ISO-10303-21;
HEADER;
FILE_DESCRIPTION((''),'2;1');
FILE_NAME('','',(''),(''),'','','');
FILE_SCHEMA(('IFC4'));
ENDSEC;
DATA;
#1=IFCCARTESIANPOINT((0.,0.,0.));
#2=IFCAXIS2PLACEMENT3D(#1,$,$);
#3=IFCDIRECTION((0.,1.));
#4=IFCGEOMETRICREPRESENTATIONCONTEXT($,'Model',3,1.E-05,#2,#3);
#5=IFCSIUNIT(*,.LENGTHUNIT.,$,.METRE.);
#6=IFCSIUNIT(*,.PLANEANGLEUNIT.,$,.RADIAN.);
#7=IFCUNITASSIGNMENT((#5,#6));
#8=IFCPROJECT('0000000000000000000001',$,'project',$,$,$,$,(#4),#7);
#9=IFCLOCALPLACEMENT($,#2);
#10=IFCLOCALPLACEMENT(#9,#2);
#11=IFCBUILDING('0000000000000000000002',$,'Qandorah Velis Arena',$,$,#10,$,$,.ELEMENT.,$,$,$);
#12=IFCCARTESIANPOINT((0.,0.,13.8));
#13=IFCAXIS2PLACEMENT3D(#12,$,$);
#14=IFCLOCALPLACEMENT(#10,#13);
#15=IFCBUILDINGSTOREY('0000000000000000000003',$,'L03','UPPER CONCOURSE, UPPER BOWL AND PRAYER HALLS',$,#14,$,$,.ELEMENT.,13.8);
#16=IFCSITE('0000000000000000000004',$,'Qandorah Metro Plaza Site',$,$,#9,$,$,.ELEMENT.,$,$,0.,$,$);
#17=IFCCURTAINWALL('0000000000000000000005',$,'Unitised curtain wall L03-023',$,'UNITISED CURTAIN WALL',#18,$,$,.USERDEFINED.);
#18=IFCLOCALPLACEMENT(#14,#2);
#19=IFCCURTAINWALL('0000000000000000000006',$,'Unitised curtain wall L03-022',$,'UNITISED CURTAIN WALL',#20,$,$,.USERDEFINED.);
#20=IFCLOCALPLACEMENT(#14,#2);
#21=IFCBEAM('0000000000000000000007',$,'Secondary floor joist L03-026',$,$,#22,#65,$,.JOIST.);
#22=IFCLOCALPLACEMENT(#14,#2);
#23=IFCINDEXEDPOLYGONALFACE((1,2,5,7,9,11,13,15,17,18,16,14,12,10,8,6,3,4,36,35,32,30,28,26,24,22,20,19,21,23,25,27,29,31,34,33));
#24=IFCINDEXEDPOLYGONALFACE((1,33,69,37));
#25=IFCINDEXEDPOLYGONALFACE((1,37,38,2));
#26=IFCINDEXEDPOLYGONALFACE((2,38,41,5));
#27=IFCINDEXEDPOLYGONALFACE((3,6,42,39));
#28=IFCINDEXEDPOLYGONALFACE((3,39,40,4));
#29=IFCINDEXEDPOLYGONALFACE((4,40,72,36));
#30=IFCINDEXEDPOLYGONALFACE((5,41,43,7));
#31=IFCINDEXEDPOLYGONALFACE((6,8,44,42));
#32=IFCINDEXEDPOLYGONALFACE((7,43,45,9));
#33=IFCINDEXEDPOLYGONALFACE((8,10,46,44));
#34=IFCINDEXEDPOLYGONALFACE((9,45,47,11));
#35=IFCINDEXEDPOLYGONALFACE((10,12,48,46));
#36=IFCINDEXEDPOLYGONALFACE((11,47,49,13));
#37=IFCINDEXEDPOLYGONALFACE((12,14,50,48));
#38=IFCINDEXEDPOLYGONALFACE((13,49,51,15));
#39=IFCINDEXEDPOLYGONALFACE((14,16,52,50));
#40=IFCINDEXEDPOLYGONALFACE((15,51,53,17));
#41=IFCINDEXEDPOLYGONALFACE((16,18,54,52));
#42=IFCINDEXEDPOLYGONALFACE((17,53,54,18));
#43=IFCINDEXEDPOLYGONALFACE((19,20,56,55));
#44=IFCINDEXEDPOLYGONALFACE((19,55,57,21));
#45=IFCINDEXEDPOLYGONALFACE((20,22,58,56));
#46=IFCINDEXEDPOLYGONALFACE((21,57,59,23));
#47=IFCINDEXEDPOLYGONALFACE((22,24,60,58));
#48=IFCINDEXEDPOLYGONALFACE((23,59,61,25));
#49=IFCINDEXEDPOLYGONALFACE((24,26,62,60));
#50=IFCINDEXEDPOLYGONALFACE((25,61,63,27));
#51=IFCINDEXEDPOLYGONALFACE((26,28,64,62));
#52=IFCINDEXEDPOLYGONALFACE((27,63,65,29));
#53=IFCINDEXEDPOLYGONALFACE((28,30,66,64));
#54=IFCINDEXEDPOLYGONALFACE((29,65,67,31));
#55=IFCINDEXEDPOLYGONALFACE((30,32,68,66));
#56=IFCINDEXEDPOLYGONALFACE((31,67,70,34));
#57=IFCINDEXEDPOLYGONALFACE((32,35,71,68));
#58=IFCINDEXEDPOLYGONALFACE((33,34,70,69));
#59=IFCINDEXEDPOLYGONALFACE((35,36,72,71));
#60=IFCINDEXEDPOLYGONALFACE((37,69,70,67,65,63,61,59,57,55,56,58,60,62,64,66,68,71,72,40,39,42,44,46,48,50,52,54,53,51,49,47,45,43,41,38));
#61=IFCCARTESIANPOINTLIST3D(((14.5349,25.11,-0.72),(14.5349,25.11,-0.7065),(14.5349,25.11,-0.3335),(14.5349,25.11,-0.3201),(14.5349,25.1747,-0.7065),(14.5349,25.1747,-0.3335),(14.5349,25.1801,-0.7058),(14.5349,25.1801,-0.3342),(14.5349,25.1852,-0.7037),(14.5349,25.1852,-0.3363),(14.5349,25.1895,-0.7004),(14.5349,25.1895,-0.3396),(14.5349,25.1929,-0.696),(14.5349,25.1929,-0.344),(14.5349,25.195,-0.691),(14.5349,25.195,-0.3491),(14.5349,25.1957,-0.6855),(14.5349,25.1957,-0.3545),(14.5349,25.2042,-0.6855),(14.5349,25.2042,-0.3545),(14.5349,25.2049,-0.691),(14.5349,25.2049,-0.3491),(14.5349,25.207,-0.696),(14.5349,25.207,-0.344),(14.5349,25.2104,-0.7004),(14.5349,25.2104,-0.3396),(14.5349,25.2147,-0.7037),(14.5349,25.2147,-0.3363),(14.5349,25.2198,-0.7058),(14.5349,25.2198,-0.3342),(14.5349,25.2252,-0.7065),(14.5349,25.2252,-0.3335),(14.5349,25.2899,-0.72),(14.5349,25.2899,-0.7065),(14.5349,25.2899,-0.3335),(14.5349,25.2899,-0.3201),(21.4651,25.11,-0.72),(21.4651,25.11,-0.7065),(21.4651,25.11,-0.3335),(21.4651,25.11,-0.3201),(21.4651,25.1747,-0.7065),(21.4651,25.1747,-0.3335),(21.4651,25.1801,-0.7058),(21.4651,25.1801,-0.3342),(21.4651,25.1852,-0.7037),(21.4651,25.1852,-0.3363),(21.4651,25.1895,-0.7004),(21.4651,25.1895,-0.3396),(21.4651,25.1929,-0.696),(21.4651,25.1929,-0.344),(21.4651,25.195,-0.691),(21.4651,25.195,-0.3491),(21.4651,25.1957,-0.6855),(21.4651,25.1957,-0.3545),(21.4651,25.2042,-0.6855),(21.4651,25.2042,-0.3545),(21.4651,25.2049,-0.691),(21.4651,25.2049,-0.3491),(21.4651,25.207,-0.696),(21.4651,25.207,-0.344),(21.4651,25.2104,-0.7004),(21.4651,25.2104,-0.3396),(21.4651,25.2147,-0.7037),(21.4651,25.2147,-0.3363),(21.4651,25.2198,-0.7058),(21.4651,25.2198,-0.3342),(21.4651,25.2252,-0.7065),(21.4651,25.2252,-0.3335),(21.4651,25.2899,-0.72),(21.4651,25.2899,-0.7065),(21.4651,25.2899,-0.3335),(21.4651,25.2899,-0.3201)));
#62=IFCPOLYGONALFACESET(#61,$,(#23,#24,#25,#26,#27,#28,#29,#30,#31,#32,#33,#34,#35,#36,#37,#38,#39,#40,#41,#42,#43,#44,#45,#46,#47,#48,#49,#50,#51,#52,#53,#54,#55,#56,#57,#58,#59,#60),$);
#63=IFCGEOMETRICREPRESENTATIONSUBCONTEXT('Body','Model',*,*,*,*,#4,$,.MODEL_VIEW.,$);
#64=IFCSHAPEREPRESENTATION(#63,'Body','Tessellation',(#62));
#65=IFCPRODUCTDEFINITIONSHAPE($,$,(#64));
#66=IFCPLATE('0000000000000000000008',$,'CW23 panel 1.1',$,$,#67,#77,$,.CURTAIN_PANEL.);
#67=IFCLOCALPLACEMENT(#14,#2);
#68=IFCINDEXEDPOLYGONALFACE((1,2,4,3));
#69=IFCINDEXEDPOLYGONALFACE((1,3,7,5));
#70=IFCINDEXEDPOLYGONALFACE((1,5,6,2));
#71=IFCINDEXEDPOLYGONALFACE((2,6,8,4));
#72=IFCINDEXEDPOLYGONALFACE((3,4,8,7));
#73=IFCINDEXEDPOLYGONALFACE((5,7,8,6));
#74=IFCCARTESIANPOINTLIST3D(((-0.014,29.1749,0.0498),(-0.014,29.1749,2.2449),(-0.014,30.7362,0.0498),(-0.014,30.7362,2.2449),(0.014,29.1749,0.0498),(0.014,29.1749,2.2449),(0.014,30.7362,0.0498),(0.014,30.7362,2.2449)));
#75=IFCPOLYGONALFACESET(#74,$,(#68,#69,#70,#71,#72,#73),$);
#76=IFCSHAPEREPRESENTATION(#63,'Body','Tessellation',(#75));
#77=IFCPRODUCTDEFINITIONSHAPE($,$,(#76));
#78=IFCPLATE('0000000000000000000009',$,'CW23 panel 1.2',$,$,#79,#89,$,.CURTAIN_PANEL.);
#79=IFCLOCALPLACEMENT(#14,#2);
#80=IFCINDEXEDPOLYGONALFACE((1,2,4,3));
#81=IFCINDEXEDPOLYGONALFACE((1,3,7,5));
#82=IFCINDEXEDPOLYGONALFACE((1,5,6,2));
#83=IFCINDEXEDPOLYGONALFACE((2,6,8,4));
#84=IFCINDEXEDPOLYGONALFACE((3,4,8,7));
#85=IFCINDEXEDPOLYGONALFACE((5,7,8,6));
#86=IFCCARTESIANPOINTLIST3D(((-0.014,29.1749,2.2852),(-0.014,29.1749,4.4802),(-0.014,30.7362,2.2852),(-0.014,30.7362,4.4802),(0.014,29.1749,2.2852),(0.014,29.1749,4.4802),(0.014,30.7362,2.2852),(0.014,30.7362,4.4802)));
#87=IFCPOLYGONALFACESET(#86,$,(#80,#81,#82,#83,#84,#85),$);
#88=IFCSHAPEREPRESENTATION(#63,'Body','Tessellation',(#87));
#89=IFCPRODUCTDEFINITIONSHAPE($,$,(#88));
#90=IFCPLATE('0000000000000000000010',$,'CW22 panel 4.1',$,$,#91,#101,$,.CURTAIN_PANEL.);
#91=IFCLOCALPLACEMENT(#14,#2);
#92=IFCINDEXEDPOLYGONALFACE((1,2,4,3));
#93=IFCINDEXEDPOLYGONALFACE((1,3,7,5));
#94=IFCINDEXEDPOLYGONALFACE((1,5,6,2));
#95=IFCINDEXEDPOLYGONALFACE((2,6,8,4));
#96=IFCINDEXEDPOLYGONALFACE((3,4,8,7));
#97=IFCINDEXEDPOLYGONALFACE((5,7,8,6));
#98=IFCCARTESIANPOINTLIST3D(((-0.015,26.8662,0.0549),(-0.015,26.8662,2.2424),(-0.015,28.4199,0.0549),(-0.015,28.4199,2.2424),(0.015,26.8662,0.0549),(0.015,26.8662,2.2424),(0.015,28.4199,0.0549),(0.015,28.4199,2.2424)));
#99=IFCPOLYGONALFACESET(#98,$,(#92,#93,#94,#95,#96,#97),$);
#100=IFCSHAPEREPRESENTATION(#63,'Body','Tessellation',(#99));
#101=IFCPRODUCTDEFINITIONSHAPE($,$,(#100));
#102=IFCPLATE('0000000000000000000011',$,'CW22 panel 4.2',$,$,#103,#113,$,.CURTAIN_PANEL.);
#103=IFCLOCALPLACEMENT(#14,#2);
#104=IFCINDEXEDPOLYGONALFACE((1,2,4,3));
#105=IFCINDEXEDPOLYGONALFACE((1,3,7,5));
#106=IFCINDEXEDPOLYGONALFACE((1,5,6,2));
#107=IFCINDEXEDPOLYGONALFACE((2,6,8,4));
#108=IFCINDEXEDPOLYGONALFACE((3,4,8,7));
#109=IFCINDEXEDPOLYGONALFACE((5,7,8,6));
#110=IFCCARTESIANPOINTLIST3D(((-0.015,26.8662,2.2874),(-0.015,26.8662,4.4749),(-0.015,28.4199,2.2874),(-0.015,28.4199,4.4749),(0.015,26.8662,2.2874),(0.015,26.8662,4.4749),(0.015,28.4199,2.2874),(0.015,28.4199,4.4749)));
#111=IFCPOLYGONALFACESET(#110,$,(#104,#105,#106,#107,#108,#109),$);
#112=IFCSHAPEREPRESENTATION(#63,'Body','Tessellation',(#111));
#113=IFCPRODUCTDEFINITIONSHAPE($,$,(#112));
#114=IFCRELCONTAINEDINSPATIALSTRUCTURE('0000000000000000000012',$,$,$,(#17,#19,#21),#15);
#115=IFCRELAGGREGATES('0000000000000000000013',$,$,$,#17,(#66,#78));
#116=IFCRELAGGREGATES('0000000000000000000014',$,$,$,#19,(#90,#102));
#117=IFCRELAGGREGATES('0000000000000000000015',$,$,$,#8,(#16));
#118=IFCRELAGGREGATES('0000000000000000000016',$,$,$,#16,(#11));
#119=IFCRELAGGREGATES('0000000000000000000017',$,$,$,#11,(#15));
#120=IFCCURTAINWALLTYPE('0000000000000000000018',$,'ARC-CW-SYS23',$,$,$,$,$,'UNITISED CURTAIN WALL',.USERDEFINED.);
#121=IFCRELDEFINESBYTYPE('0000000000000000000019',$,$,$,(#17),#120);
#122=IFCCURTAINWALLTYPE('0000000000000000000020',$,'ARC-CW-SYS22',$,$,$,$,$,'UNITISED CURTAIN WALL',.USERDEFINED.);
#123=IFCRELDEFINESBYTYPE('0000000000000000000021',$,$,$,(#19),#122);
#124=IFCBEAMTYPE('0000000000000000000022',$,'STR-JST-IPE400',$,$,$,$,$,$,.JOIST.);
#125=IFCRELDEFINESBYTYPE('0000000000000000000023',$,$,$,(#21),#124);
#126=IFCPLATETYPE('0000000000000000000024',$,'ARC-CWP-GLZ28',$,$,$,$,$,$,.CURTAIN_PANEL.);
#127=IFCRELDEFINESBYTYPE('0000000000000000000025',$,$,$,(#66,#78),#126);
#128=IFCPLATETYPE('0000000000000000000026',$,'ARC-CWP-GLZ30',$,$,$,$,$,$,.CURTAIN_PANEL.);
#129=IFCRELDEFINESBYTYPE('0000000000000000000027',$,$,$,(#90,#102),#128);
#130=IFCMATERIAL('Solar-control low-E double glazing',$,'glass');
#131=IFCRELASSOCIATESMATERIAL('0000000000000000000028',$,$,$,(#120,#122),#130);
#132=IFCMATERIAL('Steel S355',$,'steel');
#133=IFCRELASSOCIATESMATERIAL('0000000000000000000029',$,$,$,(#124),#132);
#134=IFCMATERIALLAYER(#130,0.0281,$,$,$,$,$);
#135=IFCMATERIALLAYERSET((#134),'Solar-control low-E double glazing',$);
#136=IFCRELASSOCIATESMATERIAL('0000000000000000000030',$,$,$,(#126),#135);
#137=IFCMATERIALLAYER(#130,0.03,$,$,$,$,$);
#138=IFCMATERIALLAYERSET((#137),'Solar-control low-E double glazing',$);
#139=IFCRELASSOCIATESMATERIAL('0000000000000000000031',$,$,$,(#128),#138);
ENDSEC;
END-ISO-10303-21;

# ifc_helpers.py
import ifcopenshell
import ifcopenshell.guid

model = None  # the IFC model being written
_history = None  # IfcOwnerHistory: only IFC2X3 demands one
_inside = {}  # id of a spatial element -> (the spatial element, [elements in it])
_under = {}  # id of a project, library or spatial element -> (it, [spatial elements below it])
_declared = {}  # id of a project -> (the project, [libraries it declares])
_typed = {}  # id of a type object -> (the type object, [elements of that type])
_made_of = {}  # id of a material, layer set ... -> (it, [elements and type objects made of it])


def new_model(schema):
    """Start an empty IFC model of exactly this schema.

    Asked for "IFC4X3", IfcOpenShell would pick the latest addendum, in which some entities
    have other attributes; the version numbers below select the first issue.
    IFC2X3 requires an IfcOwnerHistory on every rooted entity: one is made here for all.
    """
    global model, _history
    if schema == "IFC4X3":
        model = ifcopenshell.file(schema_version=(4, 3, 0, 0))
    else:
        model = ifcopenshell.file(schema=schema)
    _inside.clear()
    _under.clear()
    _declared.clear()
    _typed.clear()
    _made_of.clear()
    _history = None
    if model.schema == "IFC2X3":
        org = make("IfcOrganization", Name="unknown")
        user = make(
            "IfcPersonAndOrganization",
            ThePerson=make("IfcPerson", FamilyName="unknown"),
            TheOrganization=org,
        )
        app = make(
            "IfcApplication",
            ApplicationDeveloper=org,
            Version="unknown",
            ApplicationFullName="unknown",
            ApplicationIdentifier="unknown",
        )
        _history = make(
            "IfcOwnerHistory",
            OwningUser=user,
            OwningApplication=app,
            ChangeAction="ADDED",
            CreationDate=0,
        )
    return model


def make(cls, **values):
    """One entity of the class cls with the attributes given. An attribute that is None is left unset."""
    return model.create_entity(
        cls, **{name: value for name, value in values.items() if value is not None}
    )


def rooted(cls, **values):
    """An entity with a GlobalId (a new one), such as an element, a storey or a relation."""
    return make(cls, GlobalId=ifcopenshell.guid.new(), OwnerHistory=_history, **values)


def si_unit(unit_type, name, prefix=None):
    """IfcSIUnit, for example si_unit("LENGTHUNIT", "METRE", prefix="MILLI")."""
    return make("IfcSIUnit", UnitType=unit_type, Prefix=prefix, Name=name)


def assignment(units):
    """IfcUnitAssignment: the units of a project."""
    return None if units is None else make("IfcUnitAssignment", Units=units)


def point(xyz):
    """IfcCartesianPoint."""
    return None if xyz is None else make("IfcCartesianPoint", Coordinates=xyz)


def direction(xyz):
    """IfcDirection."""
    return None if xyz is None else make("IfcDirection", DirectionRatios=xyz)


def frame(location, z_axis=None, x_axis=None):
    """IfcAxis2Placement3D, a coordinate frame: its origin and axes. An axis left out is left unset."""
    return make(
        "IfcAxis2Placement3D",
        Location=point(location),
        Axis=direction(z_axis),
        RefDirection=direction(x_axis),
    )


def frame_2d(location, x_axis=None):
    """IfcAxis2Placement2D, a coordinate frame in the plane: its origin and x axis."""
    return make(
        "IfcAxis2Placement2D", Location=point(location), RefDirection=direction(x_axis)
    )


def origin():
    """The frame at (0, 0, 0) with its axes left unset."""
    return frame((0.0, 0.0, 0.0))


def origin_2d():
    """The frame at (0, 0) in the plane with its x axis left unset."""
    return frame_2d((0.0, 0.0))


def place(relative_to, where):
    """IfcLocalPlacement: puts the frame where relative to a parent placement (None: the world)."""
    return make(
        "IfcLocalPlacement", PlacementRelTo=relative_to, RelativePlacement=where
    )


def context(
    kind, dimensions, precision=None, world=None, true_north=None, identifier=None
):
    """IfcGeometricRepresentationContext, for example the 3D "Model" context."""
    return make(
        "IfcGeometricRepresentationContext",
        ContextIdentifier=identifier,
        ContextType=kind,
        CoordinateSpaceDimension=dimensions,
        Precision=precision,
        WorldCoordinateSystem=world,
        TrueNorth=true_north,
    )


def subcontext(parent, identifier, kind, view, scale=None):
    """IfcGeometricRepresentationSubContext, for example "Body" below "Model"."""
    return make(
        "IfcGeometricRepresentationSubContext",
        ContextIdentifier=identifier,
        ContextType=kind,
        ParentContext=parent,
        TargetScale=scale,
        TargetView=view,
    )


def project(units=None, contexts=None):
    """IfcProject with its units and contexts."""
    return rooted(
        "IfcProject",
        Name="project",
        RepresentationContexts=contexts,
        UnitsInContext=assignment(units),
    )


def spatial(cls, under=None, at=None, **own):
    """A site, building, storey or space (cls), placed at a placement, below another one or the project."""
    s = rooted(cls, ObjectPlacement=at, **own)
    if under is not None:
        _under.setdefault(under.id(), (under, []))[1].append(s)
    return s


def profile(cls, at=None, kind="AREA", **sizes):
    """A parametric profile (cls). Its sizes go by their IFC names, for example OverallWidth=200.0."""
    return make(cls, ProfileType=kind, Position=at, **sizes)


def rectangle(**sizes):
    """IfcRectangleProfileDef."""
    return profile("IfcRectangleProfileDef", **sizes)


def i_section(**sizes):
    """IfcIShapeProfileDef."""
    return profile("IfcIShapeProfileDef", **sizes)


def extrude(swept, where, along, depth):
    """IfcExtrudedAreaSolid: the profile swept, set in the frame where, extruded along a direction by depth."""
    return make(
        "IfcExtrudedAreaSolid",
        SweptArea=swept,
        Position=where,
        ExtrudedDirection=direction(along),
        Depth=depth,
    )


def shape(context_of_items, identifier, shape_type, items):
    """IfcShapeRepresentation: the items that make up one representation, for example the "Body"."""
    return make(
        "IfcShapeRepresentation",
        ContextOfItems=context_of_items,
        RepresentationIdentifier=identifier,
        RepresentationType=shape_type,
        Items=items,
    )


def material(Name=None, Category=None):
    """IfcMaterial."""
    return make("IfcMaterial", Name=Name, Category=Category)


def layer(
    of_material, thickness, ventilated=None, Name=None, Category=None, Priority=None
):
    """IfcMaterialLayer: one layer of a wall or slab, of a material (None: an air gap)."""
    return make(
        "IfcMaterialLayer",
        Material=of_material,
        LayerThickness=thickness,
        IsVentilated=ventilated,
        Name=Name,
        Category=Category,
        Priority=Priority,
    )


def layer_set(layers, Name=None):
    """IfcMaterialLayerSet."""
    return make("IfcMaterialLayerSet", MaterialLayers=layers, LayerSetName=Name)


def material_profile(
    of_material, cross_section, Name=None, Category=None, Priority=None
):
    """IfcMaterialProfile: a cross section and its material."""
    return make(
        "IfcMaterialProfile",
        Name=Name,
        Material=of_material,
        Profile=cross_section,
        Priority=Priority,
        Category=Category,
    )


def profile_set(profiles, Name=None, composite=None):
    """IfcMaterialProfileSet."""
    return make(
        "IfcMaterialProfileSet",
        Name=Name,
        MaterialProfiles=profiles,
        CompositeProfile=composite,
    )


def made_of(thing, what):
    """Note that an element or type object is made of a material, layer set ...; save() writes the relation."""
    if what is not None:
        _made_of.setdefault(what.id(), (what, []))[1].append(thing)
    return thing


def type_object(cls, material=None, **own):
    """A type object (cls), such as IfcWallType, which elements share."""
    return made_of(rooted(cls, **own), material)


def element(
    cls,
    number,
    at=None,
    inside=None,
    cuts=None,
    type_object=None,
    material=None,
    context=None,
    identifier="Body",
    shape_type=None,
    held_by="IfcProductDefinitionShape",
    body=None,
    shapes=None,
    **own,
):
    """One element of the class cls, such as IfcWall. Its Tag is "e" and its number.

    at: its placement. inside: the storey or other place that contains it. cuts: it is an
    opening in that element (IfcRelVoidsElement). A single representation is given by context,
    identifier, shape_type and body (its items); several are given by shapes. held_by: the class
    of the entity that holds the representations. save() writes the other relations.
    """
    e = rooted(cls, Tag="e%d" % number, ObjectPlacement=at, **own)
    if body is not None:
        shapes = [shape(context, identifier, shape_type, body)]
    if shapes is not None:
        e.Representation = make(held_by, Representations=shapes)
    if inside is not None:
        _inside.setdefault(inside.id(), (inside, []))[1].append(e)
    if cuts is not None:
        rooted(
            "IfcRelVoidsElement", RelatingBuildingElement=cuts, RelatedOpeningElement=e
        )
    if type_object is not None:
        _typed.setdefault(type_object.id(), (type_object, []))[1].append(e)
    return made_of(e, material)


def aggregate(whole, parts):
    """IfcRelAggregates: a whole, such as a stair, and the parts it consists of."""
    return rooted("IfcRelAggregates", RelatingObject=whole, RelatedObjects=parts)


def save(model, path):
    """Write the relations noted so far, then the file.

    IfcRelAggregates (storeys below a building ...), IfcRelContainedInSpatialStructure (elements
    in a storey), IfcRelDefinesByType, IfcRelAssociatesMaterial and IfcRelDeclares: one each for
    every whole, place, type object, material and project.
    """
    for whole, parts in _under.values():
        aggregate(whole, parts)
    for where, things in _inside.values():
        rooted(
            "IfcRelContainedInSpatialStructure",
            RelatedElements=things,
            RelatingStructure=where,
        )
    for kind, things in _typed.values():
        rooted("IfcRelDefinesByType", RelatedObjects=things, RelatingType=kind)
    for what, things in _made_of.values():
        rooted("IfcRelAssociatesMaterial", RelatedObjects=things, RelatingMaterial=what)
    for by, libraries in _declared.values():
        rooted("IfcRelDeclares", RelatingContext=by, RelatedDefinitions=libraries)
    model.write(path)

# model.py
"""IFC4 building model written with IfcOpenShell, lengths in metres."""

from ifc_helpers import new_model, si_unit, direction, frame, origin, origin_2d, place, context, subcontext, project, spatial, rectangle, i_section, extrude, material, layer, layer_set, material_profile, profile_set, type_object, element, aggregate, save


model = new_model("IFC4")

# Units and contexts
model_context = context("Model", 3, precision=1e-05, world=origin(), true_north=direction((0.0, 1.0)))
body_context = subcontext(model_context, "Body", "Model", "MODEL_VIEW")
ifc_project = project(units=[si_unit("LENGTHUNIT", "METRE"), si_unit("PLANEANGLEUNIT", "RADIAN")], contexts=[model_context])

# Site, building, storey
site_placement = place(None, origin())
site = spatial("IfcSite", under=ifc_project, at=site_placement, Name="Qandorah Metro Plaza Site", CompositionType="ELEMENT", RefElevation=0.0)
building_placement = place(site_placement, origin())
building = spatial("IfcBuilding", under=site, at=building_placement, Name="Qandorah Velis Arena", CompositionType="ELEMENT")
storey_placement = place(building_placement, frame((0.0, 0.0, 13.8)))
storey = spatial("IfcBuildingStorey", under=building, at=storey_placement, Name="L03", Description="UPPER CONCOURSE, UPPER BOWL AND PRAYER HALLS", CompositionType="ELEMENT", Elevation=13.8)

# Curtain wall
ifc_material_1 = material(Name="Solar-control low-E double glazing", Category="glass")
curtain_wall_type_1 = type_object("IfcCurtainWallType", Name="ARC-CW-SYS23", ElementType="UNITISED CURTAIN WALL", PredefinedType="USERDEFINED", material=ifc_material_1)
curtain_wall_1_placement = place(storey_placement, origin())
curtain_wall_1 = element("IfcCurtainWall", 1, at=curtain_wall_1_placement, inside=storey, type_object=curtain_wall_type_1, Name="Unitised curtain wall L03-023", ObjectType="UNITISED CURTAIN WALL", PredefinedType="USERDEFINED")

# Curtain wall
curtain_wall_type_2 = type_object("IfcCurtainWallType", Name="ARC-CW-SYS22", ElementType="UNITISED CURTAIN WALL", PredefinedType="USERDEFINED", material=ifc_material_1)
curtain_wall_2_placement = place(storey_placement, origin())
curtain_wall_2 = element("IfcCurtainWall", 2, at=curtain_wall_2_placement, inside=storey, type_object=curtain_wall_type_2, Name="Unitised curtain wall L03-022", ObjectType="UNITISED CURTAIN WALL", PredefinedType="USERDEFINED")

# Beam
ifc_material_2 = material(Name="Steel S355", Category="steel")
ifc_material_profile_1 = material_profile(ifc_material_2, i_section(OverallWidth=0.1799, OverallDepth=0.3999, WebThickness=0.0085, FlangeThickness=0.0134, FilletRadius=0.021, at=origin_2d()), Name="IPE 400")
ifc_profile_set_1 = profile_set([ifc_material_profile_1], Name="Steel S355")
beam_type_1 = type_object("IfcBeamType", Name="STR-JST-IPE400", PredefinedType="JOIST", material=ifc_profile_set_1)
beam_1_placement = place(storey_placement, frame((14.5349, 25.2, -0.52), z_axis=(1.0, 0.0, 0.0), x_axis=(0.0, 1.0, 0.0)))
element("IfcBeam", 3, at=beam_1_placement, inside=storey, type_object=beam_type_1, Name="Secondary floor joist L03-026", PredefinedType="JOIST", context=body_context, shape_type="SweptSolid", body=[
    extrude(i_section(OverallWidth=0.1799, OverallDepth=0.3999, WebThickness=0.0085, FlangeThickness=0.0134, FilletRadius=0.021, at=origin_2d()), origin(), (0.0, 0.0, 1.0), 6.9302),
])

# Plates
ifc_layer_1 = layer(ifc_material_1, 0.0281)
ifc_layer_set_1 = layer_set([ifc_layer_1], Name="Solar-control low-E double glazing")
plate_type_1 = type_object("IfcPlateType", Name="ARC-CWP-GLZ28", PredefinedType="CURTAIN_PANEL", material=ifc_layer_set_1)
plate_1_placement = place(storey_placement, frame((0.0, 29.9556, 0.0498), z_axis=(0.0, 0.0, 1.0), x_axis=(0.0, 1.0, 0.0)))
plate_1 = element("IfcPlate", 4, at=plate_1_placement, type_object=plate_type_1, Name="CW23 panel 1.1", PredefinedType="CURTAIN_PANEL", context=body_context, shape_type="SweptSolid", body=[
    extrude(rectangle(XDim=1.5613, YDim=0.0281, at=origin_2d()), origin(), (0.0, 0.0, 1.0), 2.1951),
])
plate_2_placement = place(storey_placement, frame((0.0, 29.9556, 2.2852), z_axis=(0.0, 0.0, 1.0), x_axis=(0.0, 1.0, 0.0)))
plate_2 = element("IfcPlate", 5, at=plate_2_placement, type_object=plate_type_1, Name="CW23 panel 1.2", PredefinedType="CURTAIN_PANEL", context=body_context, shape_type="SweptSolid", body=[
    extrude(rectangle(XDim=1.5613, YDim=0.0281, at=origin_2d()), origin(), (0.0, 0.0, 1.0), 2.1951),
])
aggregate(curtain_wall_1, [plate_1, plate_2])
ifc_layer_2 = layer(ifc_material_1, 0.03)
ifc_layer_set_2 = layer_set([ifc_layer_2], Name="Solar-control low-E double glazing")
plate_type_2 = type_object("IfcPlateType", Name="ARC-CWP-GLZ30", PredefinedType="CURTAIN_PANEL", material=ifc_layer_set_2)
plate_3_placement = place(storey_placement, frame((0.0, 27.6431, 0.0549), z_axis=(0.0, 0.0, 1.0), x_axis=(0.0, 1.0, 0.0)))
plate_3 = element("IfcPlate", 6, at=plate_3_placement, type_object=plate_type_2, Name="CW22 panel 4.1", PredefinedType="CURTAIN_PANEL", context=body_context, shape_type="SweptSolid", body=[
    extrude(rectangle(XDim=1.5537, YDim=0.03, at=origin_2d()), origin(), (0.0, 0.0, 1.0), 2.1875),
])
plate_4_placement = place(storey_placement, frame((0.0, 27.6431, 2.2874), z_axis=(0.0, 0.0, 1.0), x_axis=(0.0, 1.0, 0.0)))
plate_4 = element("IfcPlate", 7, at=plate_4_placement, type_object=plate_type_2, Name="CW22 panel 4.2", PredefinedType="CURTAIN_PANEL", context=body_context, shape_type="SweptSolid", body=[
    extrude(rectangle(XDim=1.5537, YDim=0.03, at=origin_2d()), origin(), (0.0, 0.0, 1.0), 2.1875),
])
aggregate(curtain_wall_2, [plate_3, plate_4])

save(model, "model.ifc")
